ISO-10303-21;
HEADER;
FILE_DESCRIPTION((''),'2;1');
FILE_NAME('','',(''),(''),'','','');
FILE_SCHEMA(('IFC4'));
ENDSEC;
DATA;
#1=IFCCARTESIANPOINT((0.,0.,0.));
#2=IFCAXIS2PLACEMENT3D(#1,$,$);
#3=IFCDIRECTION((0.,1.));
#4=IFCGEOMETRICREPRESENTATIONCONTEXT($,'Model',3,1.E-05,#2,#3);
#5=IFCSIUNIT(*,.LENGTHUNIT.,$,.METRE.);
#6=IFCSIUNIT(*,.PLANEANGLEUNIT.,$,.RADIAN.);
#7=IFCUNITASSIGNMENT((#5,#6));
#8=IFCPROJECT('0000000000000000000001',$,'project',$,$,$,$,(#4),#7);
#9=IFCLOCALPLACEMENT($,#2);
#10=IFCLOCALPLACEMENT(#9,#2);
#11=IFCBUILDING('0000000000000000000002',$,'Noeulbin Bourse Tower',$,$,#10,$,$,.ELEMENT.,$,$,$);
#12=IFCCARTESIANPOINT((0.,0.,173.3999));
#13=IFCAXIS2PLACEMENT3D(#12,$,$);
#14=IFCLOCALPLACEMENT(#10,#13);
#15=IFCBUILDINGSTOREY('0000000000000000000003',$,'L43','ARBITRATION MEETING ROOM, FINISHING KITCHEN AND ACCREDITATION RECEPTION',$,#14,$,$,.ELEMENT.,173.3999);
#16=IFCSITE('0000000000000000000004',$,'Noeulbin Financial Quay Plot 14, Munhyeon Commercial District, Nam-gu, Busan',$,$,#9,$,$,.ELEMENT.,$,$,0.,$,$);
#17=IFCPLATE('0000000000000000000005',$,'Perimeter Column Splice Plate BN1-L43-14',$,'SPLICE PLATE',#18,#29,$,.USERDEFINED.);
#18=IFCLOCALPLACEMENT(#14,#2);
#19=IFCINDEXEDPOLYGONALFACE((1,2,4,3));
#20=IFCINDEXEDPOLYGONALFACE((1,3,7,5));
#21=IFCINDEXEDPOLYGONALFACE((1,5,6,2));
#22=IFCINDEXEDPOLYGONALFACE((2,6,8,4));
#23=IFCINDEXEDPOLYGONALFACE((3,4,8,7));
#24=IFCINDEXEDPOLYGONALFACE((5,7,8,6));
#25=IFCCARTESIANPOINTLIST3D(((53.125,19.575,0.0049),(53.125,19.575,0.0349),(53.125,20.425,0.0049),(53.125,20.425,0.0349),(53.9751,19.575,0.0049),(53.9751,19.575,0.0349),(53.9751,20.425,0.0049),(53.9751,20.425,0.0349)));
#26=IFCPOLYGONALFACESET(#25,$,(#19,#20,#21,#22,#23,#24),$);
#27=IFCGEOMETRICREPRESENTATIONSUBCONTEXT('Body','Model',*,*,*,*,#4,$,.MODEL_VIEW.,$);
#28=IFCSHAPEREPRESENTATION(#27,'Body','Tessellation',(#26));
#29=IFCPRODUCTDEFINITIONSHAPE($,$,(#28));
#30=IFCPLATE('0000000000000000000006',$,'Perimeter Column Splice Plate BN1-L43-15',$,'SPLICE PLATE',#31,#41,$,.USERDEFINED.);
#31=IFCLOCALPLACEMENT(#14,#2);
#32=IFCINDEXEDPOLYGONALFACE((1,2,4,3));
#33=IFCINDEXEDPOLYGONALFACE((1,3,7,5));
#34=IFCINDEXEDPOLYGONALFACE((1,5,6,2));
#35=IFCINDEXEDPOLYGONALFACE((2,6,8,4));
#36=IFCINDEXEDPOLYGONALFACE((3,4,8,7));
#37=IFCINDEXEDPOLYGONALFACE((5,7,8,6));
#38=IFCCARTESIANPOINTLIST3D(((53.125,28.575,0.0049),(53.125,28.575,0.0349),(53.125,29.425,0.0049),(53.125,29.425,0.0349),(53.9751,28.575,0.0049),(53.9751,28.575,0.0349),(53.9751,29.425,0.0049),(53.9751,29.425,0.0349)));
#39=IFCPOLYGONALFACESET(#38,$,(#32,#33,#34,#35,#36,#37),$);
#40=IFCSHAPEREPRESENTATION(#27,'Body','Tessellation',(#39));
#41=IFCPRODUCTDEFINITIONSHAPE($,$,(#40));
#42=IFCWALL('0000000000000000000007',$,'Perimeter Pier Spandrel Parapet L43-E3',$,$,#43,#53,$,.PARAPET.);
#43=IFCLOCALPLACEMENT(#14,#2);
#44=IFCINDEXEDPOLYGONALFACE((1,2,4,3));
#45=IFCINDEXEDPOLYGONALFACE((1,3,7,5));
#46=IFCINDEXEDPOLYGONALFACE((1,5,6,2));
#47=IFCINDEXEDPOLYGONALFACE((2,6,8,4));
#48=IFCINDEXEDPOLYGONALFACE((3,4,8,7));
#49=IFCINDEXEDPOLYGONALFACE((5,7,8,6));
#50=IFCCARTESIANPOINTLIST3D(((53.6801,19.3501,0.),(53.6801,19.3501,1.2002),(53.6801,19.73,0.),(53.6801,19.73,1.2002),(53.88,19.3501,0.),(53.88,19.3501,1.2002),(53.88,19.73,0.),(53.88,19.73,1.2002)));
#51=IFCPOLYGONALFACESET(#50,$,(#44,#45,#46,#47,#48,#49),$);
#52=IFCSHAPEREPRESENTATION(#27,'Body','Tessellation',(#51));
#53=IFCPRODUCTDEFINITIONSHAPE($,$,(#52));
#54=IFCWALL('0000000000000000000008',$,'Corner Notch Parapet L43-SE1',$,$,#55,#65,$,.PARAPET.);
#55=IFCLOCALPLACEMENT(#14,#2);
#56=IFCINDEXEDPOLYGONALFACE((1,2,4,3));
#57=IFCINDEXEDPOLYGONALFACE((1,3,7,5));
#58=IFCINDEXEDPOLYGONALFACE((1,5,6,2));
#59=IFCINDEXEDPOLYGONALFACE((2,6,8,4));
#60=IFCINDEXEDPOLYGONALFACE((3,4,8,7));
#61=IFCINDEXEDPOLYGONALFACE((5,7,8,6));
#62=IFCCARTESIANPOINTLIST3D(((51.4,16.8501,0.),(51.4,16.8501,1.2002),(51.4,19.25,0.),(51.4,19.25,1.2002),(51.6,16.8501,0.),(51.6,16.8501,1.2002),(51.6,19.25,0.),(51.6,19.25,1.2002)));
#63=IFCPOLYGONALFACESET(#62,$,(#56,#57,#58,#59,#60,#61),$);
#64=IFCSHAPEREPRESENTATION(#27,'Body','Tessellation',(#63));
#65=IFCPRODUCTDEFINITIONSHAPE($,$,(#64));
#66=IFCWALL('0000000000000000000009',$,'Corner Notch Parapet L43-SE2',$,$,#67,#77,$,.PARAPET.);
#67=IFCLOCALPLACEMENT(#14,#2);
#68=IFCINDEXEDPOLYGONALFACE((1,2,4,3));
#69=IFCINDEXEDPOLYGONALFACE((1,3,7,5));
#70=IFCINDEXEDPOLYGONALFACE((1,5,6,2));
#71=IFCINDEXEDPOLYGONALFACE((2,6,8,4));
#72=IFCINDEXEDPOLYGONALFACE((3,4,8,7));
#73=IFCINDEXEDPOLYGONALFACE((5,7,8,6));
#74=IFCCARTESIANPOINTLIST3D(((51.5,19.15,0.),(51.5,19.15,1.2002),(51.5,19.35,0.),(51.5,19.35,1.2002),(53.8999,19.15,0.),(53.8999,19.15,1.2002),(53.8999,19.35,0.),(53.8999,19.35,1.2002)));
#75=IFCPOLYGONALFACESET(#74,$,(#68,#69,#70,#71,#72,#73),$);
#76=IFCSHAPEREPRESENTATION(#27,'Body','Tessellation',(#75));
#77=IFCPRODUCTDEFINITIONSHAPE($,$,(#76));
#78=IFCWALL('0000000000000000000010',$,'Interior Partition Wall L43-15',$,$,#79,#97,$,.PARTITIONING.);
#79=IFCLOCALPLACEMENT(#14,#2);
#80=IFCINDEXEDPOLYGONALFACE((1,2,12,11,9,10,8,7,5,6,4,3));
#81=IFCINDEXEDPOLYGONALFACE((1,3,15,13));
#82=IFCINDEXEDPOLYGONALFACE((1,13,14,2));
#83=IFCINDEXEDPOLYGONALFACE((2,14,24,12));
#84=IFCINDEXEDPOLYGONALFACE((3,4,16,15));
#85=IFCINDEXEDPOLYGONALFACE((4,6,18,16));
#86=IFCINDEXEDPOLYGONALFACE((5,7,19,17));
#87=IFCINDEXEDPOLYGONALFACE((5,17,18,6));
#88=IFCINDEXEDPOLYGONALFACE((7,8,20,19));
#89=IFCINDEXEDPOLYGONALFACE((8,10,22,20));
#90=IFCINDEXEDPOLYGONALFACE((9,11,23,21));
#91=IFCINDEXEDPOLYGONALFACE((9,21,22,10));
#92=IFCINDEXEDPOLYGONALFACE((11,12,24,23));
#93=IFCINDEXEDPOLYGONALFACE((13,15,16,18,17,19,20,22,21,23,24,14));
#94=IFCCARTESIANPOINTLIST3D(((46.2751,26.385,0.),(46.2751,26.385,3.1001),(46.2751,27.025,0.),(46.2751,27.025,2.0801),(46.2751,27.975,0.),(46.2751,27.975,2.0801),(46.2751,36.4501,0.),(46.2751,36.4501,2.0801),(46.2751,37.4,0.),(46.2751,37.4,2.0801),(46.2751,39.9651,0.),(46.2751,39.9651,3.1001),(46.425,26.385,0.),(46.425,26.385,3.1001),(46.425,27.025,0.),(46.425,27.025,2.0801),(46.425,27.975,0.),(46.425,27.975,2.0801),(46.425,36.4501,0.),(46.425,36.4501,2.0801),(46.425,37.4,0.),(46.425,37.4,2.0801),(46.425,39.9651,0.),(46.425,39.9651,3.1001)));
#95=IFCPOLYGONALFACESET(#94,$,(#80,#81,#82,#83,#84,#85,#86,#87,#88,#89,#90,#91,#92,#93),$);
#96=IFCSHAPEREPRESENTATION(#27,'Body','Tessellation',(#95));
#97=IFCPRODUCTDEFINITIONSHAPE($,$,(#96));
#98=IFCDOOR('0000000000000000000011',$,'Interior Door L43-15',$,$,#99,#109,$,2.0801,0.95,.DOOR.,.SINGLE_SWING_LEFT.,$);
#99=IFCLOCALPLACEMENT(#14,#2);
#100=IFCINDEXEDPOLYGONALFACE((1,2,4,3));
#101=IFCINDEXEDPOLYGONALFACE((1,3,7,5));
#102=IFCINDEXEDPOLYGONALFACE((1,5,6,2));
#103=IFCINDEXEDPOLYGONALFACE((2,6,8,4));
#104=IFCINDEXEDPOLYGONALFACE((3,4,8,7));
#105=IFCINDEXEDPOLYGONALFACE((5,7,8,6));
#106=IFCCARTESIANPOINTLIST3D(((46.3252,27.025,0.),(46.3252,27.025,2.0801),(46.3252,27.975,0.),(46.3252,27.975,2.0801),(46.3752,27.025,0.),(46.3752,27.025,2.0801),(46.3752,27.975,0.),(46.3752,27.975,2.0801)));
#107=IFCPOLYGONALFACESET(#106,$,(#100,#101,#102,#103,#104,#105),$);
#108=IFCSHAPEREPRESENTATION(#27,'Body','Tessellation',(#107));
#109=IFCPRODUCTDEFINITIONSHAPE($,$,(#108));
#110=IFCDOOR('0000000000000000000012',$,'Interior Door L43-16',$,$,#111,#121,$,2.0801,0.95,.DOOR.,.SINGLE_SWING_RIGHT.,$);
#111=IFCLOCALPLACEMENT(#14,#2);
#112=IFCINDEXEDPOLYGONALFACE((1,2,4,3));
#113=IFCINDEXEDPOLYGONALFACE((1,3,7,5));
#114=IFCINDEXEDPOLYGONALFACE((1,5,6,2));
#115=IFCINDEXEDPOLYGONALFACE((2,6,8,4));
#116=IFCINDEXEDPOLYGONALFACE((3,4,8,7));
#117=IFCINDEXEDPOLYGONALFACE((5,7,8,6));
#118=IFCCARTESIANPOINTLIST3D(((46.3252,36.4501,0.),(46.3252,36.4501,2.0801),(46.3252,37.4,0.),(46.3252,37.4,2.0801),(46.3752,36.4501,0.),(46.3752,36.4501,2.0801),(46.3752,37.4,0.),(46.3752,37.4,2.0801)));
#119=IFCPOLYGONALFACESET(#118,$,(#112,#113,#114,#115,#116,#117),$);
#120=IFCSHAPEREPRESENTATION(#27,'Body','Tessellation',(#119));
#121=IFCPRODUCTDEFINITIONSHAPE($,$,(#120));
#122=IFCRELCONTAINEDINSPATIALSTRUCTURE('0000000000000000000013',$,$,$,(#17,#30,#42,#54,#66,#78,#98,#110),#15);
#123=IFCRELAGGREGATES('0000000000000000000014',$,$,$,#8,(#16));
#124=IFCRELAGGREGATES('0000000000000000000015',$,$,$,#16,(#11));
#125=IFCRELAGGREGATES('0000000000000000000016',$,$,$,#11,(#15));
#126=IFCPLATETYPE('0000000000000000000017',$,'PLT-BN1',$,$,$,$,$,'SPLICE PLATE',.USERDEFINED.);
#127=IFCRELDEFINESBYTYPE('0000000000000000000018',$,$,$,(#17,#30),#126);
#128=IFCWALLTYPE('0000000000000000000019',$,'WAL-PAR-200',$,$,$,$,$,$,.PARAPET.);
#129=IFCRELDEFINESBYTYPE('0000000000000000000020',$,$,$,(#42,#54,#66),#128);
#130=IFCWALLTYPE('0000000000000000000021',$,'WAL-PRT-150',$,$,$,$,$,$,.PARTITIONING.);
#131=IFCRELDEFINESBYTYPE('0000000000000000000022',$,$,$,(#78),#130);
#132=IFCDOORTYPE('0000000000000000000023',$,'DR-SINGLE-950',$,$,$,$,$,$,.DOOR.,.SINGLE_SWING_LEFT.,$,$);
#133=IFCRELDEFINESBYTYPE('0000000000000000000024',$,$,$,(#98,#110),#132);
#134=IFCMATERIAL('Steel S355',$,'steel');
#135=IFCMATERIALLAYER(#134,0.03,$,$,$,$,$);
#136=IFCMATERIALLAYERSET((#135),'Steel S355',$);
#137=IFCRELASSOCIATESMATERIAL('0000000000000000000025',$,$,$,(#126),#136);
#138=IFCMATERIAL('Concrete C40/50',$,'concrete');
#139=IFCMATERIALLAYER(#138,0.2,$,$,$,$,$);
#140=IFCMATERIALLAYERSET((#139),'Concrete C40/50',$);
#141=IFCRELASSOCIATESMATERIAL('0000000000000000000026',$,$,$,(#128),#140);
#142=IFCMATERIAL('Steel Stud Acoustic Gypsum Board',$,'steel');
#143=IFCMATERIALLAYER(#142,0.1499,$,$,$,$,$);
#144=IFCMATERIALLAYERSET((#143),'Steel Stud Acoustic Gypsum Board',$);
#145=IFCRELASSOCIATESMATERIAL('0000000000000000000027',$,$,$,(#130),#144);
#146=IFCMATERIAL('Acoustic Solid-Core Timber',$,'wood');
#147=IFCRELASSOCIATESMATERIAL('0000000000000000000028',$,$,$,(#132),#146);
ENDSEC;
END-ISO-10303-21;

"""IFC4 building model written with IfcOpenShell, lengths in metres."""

from ifc_helpers import new_model, si_unit, direction, frame, frame_2d, origin, origin_2d, place, context, subcontext, project, spatial, rectangle, extrude, material, layer, layer_set, type_object, element, fill, save


model = new_model("IFC4")

# Units and contexts
model_context = context("Model", 3, precision=1e-05, world=origin(), true_north=direction((0.0, 1.0)))
body_context = subcontext(model_context, "Body", "Model", "MODEL_VIEW")
ifc_project = project(units=[si_unit("LENGTHUNIT", "METRE"), si_unit("PLANEANGLEUNIT", "RADIAN")], contexts=[model_context])

# Site, building, storey
site_placement = place(None, origin())
site = spatial("IfcSite", under=ifc_project, at=site_placement, Name="Noeulbin Financial Quay Plot 14, Munhyeon Commercial District, Nam-gu, Busan", CompositionType="ELEMENT", RefElevation=0.0)
building_placement = place(site_placement, origin())
building = spatial("IfcBuilding", under=site, at=building_placement, Name="Noeulbin Bourse Tower", CompositionType="ELEMENT")
storey_placement = place(building_placement, frame((0.0, 0.0, 173.3999)))
storey = spatial("IfcBuildingStorey", under=building, at=storey_placement, Name="L43", Description="ARBITRATION MEETING ROOM, FINISHING KITCHEN AND ACCREDITATION RECEPTION", CompositionType="ELEMENT", Elevation=173.3999)

# Shared definitions
ifc_material_1 = material(Name="Steel S355", Category="steel")

# Plates
ifc_layer_1 = layer(ifc_material_1, 0.03)
ifc_layer_set_1 = layer_set([ifc_layer_1], Name="Steel S355")
plate_type_1 = type_object("IfcPlateType", Name="PLT-BN1", ElementType="SPLICE PLATE", PredefinedType="USERDEFINED", material=ifc_layer_set_1)
for number, where, z_axis, x_axis, name in (
    (1, (53.55, 20.0, 0.0049), (0.0, 0.0, 1.0), (1.0, 0.0, 0.0), "Perimeter Column Splice Plate BN1-L43-14"),
    (2, (53.55, 29.0, 0.0049), (0.0, 0.0, 1.0), (1.0, 0.0, 0.0), "Perimeter Column Splice Plate BN1-L43-15"),
):
    element("IfcPlate", number, at=place(storey_placement, frame(where, z_axis=z_axis, x_axis=x_axis)), inside=storey, type_object=plate_type_1, Name=name, ObjectType="SPLICE PLATE", PredefinedType="USERDEFINED", context=body_context, shape_type="SweptSolid", body=[
        extrude(rectangle(XDim=0.8501, YDim=0.8501, at=origin_2d()), origin(), (0.0, 0.0, 1.0), 0.03),
    ])

# Walls
ifc_material_2 = material(Name="Concrete C40/50", Category="concrete")
ifc_layer_2 = layer(ifc_material_2, 0.2)
ifc_layer_set_2 = layer_set([ifc_layer_2], Name="Concrete C40/50")
wall_type_1 = type_object("IfcWallType", Name="WAL-PAR-200", PredefinedType="PARAPET", material=ifc_layer_set_2)
wall_1_placement = place(storey_placement, frame((53.78, 19.3501, 0.0), z_axis=(0.0, 0.0, 1.0), x_axis=(0.0, 1.0, 0.0)))
element("IfcWall", 3, at=wall_1_placement, inside=storey, type_object=wall_type_1, Name="Perimeter Pier Spandrel Parapet L43-E3", PredefinedType="PARAPET", context=body_context, shape_type="SweptSolid", body=[
    extrude(rectangle(XDim=0.3799, YDim=0.2, at=frame_2d((0.1899, 0.0))), origin(), (0.0, 0.0, 1.0), 1.2002),
])
for number, where, z_axis, x_axis, name in (
    (4, (51.5, 16.8501, 0.0), (0.0, 0.0, 1.0), (0.0, 1.0, 0.0), "Corner Notch Parapet L43-SE1"),
    (5, (51.5, 19.25, 0.0), (0.0, 0.0, 1.0), (1.0, 0.0, 0.0), "Corner Notch Parapet L43-SE2"),
):
    element("IfcWall", number, at=place(storey_placement, frame(where, z_axis=z_axis, x_axis=x_axis)), inside=storey, type_object=wall_type_1, Name=name, PredefinedType="PARAPET", context=body_context, shape_type="SweptSolid", body=[
        extrude(rectangle(XDim=2.3999, YDim=0.2, at=frame_2d((1.2, 0.0))), origin(), (0.0, 0.0, 1.0), 1.2002),
    ])

# Wall, openings, doors
ifc_material_3 = material(Name="Steel Stud Acoustic Gypsum Board", Category="steel")
ifc_layer_3 = layer(ifc_material_3, 0.1499)
ifc_layer_set_3 = layer_set([ifc_layer_3], Name="Steel Stud Acoustic Gypsum Board")
wall_type_2 = type_object("IfcWallType", Name="WAL-PRT-150", PredefinedType="PARTITIONING", material=ifc_layer_set_3)
wall_2_placement = place(storey_placement, frame((46.3501, 26.385, 0.0), z_axis=(0.0, 0.0, 1.0), x_axis=(0.0, 1.0, 0.0)))
wall_2 = element("IfcWall", 6, at=wall_2_placement, inside=storey, type_object=wall_type_2, Name="Interior Partition Wall L43-15", PredefinedType="PARTITIONING", context=body_context, shape_type="SweptSolid", body=[
    extrude(rectangle(XDim=13.5801, YDim=0.1499, at=frame_2d((6.79, 0.0))), origin(), (0.0, 0.0, 1.0), 3.1001),
])
opening_1_placement = place(wall_2_placement, frame((0.6399, 0.0, 0.0)))
opening_1 = element("IfcOpeningElement", 7, at=opening_1_placement, cuts=wall_2, PredefinedType="OPENING", context=body_context, shape_type="SweptSolid", body=[
    extrude(rectangle(XDim=0.95, YDim=2.0801, at=frame_2d((0.4751, 1.04))), frame((0.0, 0.085, 0.0), z_axis=(0.0, -1.0, 0.0), x_axis=(1.0, 0.0, 0.0)), (0.0, 0.0, 1.0), 0.1699),
])
opening_2_placement = place(wall_2_placement, frame((10.0649, 0.0, 0.0)))
opening_2 = element("IfcOpeningElement", 8, at=opening_2_placement, cuts=wall_2, PredefinedType="OPENING", context=body_context, shape_type="SweptSolid", body=[
    extrude(rectangle(XDim=0.95, YDim=2.0801, at=frame_2d((0.4751, 1.04))), frame((0.0, 0.085, 0.0), z_axis=(0.0, -1.0, 0.0), x_axis=(1.0, 0.0, 0.0)), (0.0, 0.0, 1.0), 0.1699),
])
ifc_material_4 = material(Name="Acoustic Solid-Core Timber", Category="wood")
door_type = type_object("IfcDoorType", Name="DR-SINGLE-950", OperationType="SINGLE_SWING_LEFT", PredefinedType="DOOR", material=ifc_material_4)
door_1_placement = place(opening_1_placement, origin())
door_1 = element("IfcDoor", 9, at=door_1_placement, inside=storey, type_object=door_type, Name="Interior Door L43-15", OperationType="SINGLE_SWING_LEFT", OverallHeight=2.0801, OverallWidth=0.95, PredefinedType="DOOR", context=body_context, shape_type="SweptSolid", body=[
    extrude(rectangle(XDim=0.95, YDim=2.0801, at=frame_2d((0.4751, 1.04))), frame((0.0, 0.0249, 0.0), z_axis=(0.0, -1.0, 0.0), x_axis=(1.0, 0.0, 0.0)), (0.0, 0.0, 1.0), 0.05),
])
fill(opening_1, door_1)
door_2_placement = place(opening_2_placement, origin())
door_2 = element("IfcDoor", 10, at=door_2_placement, inside=storey, type_object=door_type, Name="Interior Door L43-16", OperationType="SINGLE_SWING_RIGHT", OverallHeight=2.0801, OverallWidth=0.95, PredefinedType="DOOR", context=body_context, shape_type="SweptSolid", body=[
    extrude(rectangle(XDim=0.95, YDim=2.0801, at=frame_2d((0.4751, 1.04))), frame((0.0, 0.0249, 0.0), z_axis=(0.0, -1.0, 0.0), x_axis=(1.0, 0.0, 0.0)), (0.0, 0.0, 1.0), 0.05),
])
fill(opening_2, door_2)

save(model, "model.ifc")
